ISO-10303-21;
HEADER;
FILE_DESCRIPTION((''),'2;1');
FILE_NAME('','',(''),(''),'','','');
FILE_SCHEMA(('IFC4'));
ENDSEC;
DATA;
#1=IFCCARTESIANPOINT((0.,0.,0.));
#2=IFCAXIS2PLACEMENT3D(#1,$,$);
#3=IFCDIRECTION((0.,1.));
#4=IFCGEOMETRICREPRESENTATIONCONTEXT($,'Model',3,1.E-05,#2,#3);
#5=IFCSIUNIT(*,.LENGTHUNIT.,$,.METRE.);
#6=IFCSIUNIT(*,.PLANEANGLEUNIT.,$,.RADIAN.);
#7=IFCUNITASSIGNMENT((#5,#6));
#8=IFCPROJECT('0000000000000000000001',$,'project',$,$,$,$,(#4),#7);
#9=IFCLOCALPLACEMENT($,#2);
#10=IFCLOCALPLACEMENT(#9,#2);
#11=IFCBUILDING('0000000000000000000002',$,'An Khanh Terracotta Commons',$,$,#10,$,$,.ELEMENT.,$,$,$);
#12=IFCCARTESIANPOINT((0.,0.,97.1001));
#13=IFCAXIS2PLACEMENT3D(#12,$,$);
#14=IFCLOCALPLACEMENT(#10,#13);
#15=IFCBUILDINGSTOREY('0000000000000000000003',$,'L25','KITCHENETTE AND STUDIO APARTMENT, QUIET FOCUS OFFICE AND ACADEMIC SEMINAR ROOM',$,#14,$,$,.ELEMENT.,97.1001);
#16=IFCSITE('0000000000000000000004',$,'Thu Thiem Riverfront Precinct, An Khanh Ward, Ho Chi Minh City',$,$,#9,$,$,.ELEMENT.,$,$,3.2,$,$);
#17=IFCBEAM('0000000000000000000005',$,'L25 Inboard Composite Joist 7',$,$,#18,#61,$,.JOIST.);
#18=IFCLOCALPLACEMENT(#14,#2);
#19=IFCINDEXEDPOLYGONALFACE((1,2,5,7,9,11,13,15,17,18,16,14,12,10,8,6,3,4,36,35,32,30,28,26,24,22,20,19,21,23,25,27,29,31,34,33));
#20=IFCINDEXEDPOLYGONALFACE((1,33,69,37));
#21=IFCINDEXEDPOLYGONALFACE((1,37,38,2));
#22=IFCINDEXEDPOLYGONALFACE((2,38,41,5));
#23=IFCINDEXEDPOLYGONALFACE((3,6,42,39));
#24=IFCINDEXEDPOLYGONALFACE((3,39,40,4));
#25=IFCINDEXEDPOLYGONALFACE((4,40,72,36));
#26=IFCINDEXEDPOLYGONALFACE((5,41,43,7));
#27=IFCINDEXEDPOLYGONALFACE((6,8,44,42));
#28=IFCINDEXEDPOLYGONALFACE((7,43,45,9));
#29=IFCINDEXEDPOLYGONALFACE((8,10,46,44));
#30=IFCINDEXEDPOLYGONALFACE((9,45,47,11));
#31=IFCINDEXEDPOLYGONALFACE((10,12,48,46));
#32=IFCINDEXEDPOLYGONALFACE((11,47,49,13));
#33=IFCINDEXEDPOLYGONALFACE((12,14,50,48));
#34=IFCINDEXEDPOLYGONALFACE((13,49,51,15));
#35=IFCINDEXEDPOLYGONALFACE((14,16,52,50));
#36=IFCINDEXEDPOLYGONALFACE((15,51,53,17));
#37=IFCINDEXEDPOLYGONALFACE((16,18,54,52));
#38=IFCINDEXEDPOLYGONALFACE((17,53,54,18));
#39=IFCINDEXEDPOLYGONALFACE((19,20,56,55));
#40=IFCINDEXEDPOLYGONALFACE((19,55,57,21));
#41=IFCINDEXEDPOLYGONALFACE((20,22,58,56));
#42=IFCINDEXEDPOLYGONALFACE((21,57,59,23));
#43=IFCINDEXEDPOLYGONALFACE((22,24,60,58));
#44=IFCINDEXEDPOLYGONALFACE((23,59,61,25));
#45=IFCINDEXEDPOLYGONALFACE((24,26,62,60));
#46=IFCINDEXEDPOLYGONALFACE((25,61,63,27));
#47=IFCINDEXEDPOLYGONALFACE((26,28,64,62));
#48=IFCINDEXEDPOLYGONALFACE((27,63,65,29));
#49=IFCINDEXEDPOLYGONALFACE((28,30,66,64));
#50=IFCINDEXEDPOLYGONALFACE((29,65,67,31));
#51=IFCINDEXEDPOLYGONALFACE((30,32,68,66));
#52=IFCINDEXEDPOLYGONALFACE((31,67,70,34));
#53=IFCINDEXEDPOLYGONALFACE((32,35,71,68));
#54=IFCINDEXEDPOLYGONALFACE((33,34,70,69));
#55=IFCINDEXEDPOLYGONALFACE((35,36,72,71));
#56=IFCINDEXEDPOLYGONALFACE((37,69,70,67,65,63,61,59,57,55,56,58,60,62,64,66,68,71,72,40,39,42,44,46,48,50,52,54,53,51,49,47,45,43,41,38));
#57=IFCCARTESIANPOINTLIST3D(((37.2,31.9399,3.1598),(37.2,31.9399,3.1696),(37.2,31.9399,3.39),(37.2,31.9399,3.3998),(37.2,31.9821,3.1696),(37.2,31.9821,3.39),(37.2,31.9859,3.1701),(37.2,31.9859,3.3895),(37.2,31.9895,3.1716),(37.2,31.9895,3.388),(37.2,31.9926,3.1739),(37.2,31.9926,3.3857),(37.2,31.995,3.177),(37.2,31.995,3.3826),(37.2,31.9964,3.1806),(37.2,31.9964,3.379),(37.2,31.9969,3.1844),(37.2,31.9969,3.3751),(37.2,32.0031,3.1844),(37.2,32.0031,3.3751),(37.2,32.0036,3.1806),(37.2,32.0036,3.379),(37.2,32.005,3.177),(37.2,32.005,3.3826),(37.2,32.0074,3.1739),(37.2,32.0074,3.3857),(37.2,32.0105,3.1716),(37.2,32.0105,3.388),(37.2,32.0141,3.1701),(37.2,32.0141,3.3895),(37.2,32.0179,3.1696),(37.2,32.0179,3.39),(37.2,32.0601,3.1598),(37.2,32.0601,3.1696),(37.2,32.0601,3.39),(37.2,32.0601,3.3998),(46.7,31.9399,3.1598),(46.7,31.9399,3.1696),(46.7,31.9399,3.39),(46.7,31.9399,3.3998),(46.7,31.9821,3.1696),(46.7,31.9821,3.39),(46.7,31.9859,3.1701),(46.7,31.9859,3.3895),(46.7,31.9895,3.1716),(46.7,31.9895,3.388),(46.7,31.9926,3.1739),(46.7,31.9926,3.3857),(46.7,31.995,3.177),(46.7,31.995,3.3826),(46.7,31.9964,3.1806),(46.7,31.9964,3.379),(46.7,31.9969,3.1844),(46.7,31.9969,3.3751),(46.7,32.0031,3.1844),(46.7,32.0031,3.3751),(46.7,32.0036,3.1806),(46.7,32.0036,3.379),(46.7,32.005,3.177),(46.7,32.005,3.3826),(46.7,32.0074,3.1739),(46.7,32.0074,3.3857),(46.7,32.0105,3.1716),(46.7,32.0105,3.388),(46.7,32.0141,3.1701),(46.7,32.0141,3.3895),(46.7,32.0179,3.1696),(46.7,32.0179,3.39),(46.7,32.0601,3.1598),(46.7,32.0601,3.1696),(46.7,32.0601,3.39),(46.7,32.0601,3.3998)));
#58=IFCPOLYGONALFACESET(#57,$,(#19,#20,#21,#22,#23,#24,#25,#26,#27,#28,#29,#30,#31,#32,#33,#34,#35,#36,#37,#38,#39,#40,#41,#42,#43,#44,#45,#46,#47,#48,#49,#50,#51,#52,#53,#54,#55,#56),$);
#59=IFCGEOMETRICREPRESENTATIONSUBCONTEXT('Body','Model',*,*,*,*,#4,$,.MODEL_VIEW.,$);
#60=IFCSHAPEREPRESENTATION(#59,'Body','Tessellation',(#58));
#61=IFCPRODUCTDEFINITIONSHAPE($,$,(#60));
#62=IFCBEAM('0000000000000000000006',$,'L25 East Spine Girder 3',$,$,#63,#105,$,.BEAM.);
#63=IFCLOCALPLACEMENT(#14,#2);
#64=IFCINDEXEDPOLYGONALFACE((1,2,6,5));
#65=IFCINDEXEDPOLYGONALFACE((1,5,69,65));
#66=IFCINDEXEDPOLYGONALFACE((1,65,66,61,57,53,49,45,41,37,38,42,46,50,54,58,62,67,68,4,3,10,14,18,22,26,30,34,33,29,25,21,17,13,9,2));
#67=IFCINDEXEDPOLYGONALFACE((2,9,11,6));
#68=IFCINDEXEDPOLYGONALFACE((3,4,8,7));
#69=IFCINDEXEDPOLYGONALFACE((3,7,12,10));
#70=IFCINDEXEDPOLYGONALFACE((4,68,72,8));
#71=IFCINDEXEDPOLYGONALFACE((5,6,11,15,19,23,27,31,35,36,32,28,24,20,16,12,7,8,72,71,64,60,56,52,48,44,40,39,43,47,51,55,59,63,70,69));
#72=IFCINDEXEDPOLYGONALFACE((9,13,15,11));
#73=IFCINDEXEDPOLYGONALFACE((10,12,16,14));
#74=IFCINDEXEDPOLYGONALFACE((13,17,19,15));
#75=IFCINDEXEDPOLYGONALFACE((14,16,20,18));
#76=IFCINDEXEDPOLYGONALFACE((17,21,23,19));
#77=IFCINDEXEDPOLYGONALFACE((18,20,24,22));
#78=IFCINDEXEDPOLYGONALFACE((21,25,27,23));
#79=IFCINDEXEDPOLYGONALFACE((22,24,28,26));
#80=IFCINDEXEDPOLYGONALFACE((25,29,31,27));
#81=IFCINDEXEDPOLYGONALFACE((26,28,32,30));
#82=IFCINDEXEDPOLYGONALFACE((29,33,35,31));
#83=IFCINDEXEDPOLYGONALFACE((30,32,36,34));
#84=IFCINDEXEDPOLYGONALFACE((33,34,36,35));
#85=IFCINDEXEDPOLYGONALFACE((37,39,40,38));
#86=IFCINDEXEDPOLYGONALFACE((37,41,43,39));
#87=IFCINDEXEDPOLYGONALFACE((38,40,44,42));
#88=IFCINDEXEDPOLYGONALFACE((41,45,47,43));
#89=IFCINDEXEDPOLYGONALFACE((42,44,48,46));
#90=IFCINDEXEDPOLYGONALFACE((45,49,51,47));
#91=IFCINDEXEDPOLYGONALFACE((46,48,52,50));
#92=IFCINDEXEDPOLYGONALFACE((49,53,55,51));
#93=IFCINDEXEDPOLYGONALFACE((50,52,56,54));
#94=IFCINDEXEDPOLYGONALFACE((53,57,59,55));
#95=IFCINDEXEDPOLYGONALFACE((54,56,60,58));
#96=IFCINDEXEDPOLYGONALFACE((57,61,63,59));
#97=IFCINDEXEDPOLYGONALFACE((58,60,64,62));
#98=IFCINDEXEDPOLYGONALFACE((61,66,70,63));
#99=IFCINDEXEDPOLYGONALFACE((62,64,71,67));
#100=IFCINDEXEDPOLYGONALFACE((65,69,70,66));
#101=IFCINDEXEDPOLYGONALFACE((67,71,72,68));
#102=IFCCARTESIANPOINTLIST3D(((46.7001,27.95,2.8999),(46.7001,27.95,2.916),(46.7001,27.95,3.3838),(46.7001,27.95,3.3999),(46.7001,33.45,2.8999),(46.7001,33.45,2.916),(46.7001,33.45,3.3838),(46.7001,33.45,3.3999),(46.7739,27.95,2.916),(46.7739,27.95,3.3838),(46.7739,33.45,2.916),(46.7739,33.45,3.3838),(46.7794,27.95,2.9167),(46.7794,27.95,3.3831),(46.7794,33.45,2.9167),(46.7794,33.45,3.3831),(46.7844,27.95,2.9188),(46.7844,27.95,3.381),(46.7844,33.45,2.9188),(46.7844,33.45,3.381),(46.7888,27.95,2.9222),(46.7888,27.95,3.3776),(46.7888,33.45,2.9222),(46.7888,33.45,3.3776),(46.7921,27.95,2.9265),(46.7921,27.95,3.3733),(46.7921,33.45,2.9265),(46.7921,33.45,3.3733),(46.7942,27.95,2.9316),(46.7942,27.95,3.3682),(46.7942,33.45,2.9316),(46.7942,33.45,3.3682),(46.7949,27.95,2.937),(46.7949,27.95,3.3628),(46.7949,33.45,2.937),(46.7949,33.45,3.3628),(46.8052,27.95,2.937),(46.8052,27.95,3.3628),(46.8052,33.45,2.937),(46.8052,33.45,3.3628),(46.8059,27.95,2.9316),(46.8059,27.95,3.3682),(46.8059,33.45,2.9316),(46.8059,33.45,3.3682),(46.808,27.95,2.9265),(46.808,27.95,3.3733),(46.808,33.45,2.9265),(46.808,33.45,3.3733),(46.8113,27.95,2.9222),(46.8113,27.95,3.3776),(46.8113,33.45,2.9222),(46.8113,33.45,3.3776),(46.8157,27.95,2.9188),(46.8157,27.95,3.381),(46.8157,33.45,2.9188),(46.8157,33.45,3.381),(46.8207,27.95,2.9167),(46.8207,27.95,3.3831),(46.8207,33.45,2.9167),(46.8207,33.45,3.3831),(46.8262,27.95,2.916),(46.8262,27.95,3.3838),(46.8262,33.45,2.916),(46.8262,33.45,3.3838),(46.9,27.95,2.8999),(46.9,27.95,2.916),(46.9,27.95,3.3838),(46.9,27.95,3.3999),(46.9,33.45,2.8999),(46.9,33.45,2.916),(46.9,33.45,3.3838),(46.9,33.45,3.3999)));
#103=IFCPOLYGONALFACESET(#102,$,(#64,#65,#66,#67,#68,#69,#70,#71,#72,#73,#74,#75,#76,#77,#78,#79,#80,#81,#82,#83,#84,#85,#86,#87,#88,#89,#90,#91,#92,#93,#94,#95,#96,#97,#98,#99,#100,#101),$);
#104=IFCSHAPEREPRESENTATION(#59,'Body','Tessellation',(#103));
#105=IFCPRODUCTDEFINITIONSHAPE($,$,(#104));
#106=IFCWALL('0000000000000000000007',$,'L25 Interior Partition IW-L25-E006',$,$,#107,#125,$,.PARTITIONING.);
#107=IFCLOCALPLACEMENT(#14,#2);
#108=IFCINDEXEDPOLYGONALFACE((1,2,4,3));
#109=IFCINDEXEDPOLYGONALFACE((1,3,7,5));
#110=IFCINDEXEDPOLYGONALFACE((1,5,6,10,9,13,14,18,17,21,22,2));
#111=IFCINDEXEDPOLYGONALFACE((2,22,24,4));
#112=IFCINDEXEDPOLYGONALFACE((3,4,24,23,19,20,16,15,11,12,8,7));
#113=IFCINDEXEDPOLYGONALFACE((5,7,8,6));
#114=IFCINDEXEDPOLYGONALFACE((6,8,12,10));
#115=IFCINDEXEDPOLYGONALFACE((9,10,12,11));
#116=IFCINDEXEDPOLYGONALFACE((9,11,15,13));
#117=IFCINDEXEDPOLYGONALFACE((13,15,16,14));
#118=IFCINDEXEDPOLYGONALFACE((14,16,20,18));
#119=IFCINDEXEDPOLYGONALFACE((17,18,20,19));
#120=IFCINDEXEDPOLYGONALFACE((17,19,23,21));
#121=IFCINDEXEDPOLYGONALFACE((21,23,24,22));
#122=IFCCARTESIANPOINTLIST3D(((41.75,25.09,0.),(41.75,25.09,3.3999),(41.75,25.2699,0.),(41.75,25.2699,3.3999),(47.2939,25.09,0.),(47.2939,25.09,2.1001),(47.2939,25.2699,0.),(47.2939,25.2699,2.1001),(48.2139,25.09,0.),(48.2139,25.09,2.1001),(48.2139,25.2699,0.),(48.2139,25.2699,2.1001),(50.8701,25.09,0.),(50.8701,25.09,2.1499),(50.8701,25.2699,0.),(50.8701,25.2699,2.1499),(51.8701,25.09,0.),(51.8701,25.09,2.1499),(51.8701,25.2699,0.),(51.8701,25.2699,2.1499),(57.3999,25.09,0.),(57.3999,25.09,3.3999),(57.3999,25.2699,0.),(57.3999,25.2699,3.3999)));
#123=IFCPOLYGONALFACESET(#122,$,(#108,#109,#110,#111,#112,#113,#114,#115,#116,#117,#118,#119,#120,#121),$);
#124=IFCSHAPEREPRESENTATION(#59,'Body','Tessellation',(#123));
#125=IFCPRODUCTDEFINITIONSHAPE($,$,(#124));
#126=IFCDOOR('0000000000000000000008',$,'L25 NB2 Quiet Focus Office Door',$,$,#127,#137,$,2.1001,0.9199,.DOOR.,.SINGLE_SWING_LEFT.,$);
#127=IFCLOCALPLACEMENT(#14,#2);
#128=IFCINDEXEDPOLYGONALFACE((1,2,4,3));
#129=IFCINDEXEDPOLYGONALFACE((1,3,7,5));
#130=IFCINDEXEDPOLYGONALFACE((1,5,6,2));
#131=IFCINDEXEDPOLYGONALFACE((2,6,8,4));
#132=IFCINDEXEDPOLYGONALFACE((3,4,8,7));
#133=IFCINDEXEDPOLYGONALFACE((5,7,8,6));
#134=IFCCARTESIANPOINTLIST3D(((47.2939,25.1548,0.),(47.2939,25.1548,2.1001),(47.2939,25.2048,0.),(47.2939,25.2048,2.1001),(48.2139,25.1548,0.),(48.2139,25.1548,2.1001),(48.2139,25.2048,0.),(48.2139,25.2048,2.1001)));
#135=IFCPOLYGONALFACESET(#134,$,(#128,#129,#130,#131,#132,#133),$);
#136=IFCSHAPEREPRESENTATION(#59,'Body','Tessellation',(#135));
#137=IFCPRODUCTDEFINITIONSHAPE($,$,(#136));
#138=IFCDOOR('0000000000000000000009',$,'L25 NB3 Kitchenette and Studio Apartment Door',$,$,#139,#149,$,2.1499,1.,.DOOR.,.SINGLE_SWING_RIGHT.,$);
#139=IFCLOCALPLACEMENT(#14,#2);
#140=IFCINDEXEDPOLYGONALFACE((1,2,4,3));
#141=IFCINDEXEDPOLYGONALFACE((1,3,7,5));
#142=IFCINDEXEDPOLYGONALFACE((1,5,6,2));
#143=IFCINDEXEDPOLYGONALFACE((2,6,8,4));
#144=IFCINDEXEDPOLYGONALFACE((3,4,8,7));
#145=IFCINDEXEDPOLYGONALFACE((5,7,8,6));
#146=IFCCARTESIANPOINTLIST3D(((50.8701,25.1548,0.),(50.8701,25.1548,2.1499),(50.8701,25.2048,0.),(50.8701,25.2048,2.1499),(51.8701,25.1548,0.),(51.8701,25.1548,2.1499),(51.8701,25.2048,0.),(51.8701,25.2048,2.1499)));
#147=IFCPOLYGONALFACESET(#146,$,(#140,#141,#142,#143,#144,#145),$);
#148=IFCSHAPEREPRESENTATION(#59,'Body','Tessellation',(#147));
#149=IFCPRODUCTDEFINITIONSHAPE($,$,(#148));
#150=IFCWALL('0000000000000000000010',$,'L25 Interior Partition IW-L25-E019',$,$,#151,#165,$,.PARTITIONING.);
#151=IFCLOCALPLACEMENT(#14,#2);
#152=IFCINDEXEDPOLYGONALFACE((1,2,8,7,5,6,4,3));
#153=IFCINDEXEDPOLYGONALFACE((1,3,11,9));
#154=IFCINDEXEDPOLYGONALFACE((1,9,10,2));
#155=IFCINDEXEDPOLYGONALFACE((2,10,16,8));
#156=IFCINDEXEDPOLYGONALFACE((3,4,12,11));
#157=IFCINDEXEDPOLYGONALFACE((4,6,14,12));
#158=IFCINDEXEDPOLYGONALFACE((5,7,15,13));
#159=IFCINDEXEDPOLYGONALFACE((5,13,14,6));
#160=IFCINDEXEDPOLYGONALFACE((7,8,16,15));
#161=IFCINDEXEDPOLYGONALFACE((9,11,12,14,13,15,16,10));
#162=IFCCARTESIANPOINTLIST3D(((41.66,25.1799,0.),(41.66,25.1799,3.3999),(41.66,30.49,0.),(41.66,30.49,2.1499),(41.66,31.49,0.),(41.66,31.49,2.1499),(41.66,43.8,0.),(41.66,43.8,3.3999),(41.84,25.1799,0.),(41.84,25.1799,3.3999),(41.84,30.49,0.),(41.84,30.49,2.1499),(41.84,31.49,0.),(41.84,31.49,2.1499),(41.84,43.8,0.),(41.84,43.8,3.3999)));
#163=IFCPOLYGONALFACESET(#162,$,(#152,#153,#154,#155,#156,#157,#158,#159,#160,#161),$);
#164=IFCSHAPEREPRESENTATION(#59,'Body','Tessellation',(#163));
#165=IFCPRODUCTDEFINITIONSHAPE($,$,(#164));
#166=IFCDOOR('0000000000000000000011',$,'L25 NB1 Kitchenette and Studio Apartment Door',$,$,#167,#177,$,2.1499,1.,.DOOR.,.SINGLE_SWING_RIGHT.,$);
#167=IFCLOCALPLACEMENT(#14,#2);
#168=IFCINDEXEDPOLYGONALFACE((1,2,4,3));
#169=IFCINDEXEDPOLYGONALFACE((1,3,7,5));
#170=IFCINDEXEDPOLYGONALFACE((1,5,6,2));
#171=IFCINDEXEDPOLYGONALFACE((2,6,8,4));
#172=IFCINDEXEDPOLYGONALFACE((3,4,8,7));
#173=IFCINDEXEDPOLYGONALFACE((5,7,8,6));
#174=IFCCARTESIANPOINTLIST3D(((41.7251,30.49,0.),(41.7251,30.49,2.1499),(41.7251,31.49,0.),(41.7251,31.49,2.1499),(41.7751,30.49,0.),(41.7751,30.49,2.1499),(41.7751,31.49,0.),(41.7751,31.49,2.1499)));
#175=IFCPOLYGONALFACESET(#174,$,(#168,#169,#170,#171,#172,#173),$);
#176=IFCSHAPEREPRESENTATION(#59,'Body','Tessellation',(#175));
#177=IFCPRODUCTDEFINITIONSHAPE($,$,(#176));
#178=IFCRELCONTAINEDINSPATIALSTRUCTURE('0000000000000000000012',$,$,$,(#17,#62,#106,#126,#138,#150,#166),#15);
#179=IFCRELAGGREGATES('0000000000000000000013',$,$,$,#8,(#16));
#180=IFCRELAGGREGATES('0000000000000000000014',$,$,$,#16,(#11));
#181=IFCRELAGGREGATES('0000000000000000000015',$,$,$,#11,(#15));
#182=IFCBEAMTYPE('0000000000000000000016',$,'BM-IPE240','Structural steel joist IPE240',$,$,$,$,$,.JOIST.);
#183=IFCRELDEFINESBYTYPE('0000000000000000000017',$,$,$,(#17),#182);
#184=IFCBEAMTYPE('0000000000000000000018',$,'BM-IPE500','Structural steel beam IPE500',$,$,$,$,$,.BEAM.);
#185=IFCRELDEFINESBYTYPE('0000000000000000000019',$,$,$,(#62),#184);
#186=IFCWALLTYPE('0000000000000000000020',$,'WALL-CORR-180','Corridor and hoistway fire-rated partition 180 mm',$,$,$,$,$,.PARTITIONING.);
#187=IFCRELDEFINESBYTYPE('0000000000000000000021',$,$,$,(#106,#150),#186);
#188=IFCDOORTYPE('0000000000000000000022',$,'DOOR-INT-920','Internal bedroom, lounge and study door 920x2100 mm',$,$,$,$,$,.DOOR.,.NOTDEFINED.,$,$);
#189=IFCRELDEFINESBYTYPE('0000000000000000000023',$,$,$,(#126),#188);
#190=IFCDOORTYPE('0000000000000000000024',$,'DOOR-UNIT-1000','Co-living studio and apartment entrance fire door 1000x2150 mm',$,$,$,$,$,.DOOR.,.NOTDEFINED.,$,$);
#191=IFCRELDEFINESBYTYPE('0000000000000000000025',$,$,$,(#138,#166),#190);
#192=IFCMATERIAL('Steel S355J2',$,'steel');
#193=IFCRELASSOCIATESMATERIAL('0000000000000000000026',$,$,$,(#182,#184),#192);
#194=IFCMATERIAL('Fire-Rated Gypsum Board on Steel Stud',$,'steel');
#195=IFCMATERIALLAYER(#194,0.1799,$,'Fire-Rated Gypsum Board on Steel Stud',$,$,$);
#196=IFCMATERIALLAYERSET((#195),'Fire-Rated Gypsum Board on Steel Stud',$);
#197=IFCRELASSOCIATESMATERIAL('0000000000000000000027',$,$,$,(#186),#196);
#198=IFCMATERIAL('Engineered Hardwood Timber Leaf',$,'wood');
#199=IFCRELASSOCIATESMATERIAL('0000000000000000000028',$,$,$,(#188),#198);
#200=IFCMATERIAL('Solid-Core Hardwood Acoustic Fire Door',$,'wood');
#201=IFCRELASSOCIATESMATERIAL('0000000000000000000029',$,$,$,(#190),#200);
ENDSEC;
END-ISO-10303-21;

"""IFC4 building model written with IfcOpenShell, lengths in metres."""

from ifc_helpers import new_model, si_unit, direction, frame, frame_2d, origin, origin_2d, place, context, subcontext, project, spatial, rectangle, i_section, extrude, material, layer, layer_set, material_profile, profile_set, type_object, element, fill, save


model = new_model("IFC4")

# Units and contexts
model_context = context("Model", 3, precision=1e-05, world=origin(), true_north=direction((0.0, 1.0)))
body_context = subcontext(model_context, "Body", "Model", "MODEL_VIEW")
ifc_project = project(units=[si_unit("LENGTHUNIT", "METRE"), si_unit("PLANEANGLEUNIT", "RADIAN")], contexts=[model_context])

# Site, building, storey
site_placement = place(None, origin())
site = spatial("IfcSite", under=ifc_project, at=site_placement, Name="Thu Thiem Riverfront Precinct, An Khanh Ward, Ho Chi Minh City", CompositionType="ELEMENT", RefElevation=3.2)
building_placement = place(site_placement, origin())
building = spatial("IfcBuilding", under=site, at=building_placement, Name="An Khanh Terracotta Commons", CompositionType="ELEMENT")
storey_placement = place(building_placement, frame((0.0, 0.0, 97.1001)))
storey = spatial("IfcBuildingStorey", under=building, at=storey_placement, Name="L25", Description="KITCHENETTE AND STUDIO APARTMENT, QUIET FOCUS OFFICE AND ACADEMIC SEMINAR ROOM", CompositionType="ELEMENT", Elevation=97.1001)

# Beams
ifc_material_1 = material(Name="Steel S355J2", Category="steel")
ifc_material_profile_1 = material_profile(ifc_material_1, i_section(OverallWidth=0.1201, OverallDepth=0.24, WebThickness=0.0061, FlangeThickness=0.0098, FilletRadius=0.0149, at=origin_2d()), Name="IPE240")
ifc_profile_set_1 = profile_set([ifc_material_profile_1], Name="Steel S355J2")
beam_type_1 = type_object("IfcBeamType", Name="BM-IPE240", Description="Structural steel joist IPE240", PredefinedType="JOIST", material=ifc_profile_set_1)
for number, where, z_axis, x_axis, name in (
    (1, (37.2, 32.0, 3.2798), (1.0, 0.0, 0.0), (0.0, 1.0, 0.0), "L25 Inboard Composite Joist 7"),
):
    element("IfcBeam", number, at=place(storey_placement, frame(where, z_axis=z_axis, x_axis=x_axis)), inside=storey, type_object=beam_type_1, Name=name, PredefinedType="JOIST", context=body_context, shape_type="SweptSolid", body=[
        extrude(i_section(OverallWidth=0.1201, OverallDepth=0.24, WebThickness=0.0061, FlangeThickness=0.0098, FilletRadius=0.0149, at=origin_2d()), origin(), (0.0, 0.0, 1.0), 9.5),
    ])
ifc_material_profile_2 = material_profile(ifc_material_1, i_section(OverallWidth=0.2, OverallDepth=0.5, WebThickness=0.0103, FlangeThickness=0.0161, FilletRadius=0.021, at=origin_2d()), Name="IPE500")
ifc_profile_set_2 = profile_set([ifc_material_profile_2], Name="Steel S355J2")
beam_type_2 = type_object("IfcBeamType", Name="BM-IPE500", Description="Structural steel beam IPE500", PredefinedType="BEAM", material=ifc_profile_set_2)
beam_placement = place(storey_placement, frame((46.8, 27.95, 3.1499), z_axis=(0.0, 1.0, 0.0), x_axis=(-1.0, 0.0, 0.0)))
element("IfcBeam", 2, at=beam_placement, inside=storey, type_object=beam_type_2, Name="L25 East Spine Girder 3", PredefinedType="BEAM", context=body_context, shape_type="SweptSolid", body=[
    extrude(i_section(OverallWidth=0.2, OverallDepth=0.5, WebThickness=0.0103, FlangeThickness=0.0161, FilletRadius=0.021, at=origin_2d()), origin(), (0.0, 0.0, 1.0), 5.5),
])

# Wall, openings, doors
ifc_material_2 = material(Name="Fire-Rated Gypsum Board on Steel Stud", Category="steel")
ifc_layer_1 = layer(ifc_material_2, 0.1799, Name="Fire-Rated Gypsum Board on Steel Stud")
ifc_layer_set_1 = layer_set([ifc_layer_1], Name="Fire-Rated Gypsum Board on Steel Stud")
wall_type_1 = type_object("IfcWallType", Name="WALL-CORR-180", Description="Corridor and hoistway fire-rated partition 180 mm", PredefinedType="PARTITIONING", material=ifc_layer_set_1)
wall_1_placement = place(storey_placement, frame((41.75, 25.1799, 0.0), z_axis=(0.0, 0.0, 1.0), x_axis=(1.0, 0.0, 0.0)))
wall_1 = element("IfcWall", 3, at=wall_1_placement, inside=storey, type_object=wall_type_1, Name="L25 Interior Partition IW-L25-E006", PredefinedType="PARTITIONING", context=body_context, shape_type="SweptSolid", body=[
    extrude(rectangle(XDim=15.6499, YDim=0.1799, at=frame_2d((7.825, 0.0))), origin(), (0.0, 0.0, 1.0), 3.3999),
])
opening_1_placement = place(wall_1_placement, frame((5.5439, 0.0, 0.0)))
opening_1 = element("IfcOpeningElement", 4, at=opening_1_placement, cuts=wall_1, PredefinedType="OPENING", context=body_context, shape_type="SweptSolid", body=[
    extrude(rectangle(XDim=0.9199, YDim=2.1001, at=frame_2d((0.46, 1.05))), frame((0.0, 0.0999, 0.0), z_axis=(0.0, -1.0, 0.0), x_axis=(1.0, 0.0, 0.0)), (0.0, 0.0, 1.0), 0.2),
])
opening_2_placement = place(wall_1_placement, frame((9.1201, 0.0, 0.0)))
opening_2 = element("IfcOpeningElement", 5, at=opening_2_placement, cuts=wall_1, PredefinedType="OPENING", context=body_context, shape_type="SweptSolid", body=[
    extrude(rectangle(XDim=1.0, YDim=2.1499, at=frame_2d((0.5, 1.075))), frame((0.0, 0.0999, 0.0), z_axis=(0.0, -1.0, 0.0), x_axis=(1.0, 0.0, 0.0)), (0.0, 0.0, 1.0), 0.2),
])
ifc_material_3 = material(Name="Engineered Hardwood Timber Leaf", Category="wood")
door_type_1 = type_object("IfcDoorType", Name="DOOR-INT-920", Description="Internal bedroom, lounge and study door 920x2100 mm", OperationType="NOTDEFINED", PredefinedType="DOOR", material=ifc_material_3)
door_1_placement = place(opening_1_placement, origin())
door_1 = element("IfcDoor", 6, at=door_1_placement, inside=storey, type_object=door_type_1, Name="L25 NB2 Quiet Focus Office Door", OperationType="SINGLE_SWING_LEFT", OverallHeight=2.1001, OverallWidth=0.9199, PredefinedType="DOOR", context=body_context, shape_type="SweptSolid", body=[
    extrude(rectangle(XDim=0.9199, YDim=2.1001, at=frame_2d((0.46, 1.05))), frame((0.0, 0.0249, 0.0), z_axis=(0.0, -1.0, 0.0), x_axis=(1.0, 0.0, 0.0)), (0.0, 0.0, 1.0), 0.05),
])
fill(opening_1, door_1)
ifc_material_4 = material(Name="Solid-Core Hardwood Acoustic Fire Door", Category="wood")
door_type_2 = type_object("IfcDoorType", Name="DOOR-UNIT-1000", Description="Co-living studio and apartment entrance fire door 1000x2150 mm", OperationType="NOTDEFINED", PredefinedType="DOOR", material=ifc_material_4)
door_2_placement = place(opening_2_placement, origin())
door_2 = element("IfcDoor", 7, at=door_2_placement, inside=storey, type_object=door_type_2, Name="L25 NB3 Kitchenette and Studio Apartment Door", OperationType="SINGLE_SWING_RIGHT", OverallHeight=2.1499, OverallWidth=1.0, PredefinedType="DOOR", context=body_context, shape_type="SweptSolid", body=[
    extrude(rectangle(XDim=1.0, YDim=2.1499, at=frame_2d((0.5, 1.075))), frame((0.0, 0.0249, 0.0), z_axis=(0.0, -1.0, 0.0), x_axis=(1.0, 0.0, 0.0)), (0.0, 0.0, 1.0), 0.05),
])
fill(opening_2, door_2)

# Wall, opening, door
wall_2_placement = place(storey_placement, frame((41.75, 25.1799, 0.0), z_axis=(0.0, 0.0, 1.0), x_axis=(0.0, 1.0, 0.0)))
wall_2 = element("IfcWall", 8, at=wall_2_placement, inside=storey, type_object=wall_type_1, Name="L25 Interior Partition IW-L25-E019", PredefinedType="PARTITIONING", context=body_context, shape_type="SweptSolid", body=[
    extrude(rectangle(XDim=18.6201, YDim=0.1799, at=frame_2d((9.3101, 0.0))), origin(), (0.0, 0.0, 1.0), 3.3999),
])
opening_3_placement = place(wall_2_placement, frame((5.3101, 0.0, 0.0)))
opening_3 = element("IfcOpeningElement", 9, at=opening_3_placement, cuts=wall_2, PredefinedType="OPENING", context=body_context, shape_type="SweptSolid", body=[
    extrude(rectangle(XDim=1.0, YDim=2.1499, at=frame_2d((0.5, 1.075))), frame((0.0, 0.0999, 0.0), z_axis=(0.0, -1.0, 0.0), x_axis=(1.0, 0.0, 0.0)), (0.0, 0.0, 1.0), 0.2),
])
door_3_placement = place(opening_3_placement, origin())
door_3 = element("IfcDoor", 10, at=door_3_placement, inside=storey, type_object=door_type_2, Name="L25 NB1 Kitchenette and Studio Apartment Door", OperationType="SINGLE_SWING_RIGHT", OverallHeight=2.1499, OverallWidth=1.0, PredefinedType="DOOR", context=body_context, shape_type="SweptSolid", body=[
    extrude(rectangle(XDim=1.0, YDim=2.1499, at=frame_2d((0.5, 1.075))), frame((0.0, 0.0249, 0.0), z_axis=(0.0, -1.0, 0.0), x_axis=(1.0, 0.0, 0.0)), (0.0, 0.0, 1.0), 0.05),
])
fill(opening_3, door_3)

save(model, "model.ifc")
